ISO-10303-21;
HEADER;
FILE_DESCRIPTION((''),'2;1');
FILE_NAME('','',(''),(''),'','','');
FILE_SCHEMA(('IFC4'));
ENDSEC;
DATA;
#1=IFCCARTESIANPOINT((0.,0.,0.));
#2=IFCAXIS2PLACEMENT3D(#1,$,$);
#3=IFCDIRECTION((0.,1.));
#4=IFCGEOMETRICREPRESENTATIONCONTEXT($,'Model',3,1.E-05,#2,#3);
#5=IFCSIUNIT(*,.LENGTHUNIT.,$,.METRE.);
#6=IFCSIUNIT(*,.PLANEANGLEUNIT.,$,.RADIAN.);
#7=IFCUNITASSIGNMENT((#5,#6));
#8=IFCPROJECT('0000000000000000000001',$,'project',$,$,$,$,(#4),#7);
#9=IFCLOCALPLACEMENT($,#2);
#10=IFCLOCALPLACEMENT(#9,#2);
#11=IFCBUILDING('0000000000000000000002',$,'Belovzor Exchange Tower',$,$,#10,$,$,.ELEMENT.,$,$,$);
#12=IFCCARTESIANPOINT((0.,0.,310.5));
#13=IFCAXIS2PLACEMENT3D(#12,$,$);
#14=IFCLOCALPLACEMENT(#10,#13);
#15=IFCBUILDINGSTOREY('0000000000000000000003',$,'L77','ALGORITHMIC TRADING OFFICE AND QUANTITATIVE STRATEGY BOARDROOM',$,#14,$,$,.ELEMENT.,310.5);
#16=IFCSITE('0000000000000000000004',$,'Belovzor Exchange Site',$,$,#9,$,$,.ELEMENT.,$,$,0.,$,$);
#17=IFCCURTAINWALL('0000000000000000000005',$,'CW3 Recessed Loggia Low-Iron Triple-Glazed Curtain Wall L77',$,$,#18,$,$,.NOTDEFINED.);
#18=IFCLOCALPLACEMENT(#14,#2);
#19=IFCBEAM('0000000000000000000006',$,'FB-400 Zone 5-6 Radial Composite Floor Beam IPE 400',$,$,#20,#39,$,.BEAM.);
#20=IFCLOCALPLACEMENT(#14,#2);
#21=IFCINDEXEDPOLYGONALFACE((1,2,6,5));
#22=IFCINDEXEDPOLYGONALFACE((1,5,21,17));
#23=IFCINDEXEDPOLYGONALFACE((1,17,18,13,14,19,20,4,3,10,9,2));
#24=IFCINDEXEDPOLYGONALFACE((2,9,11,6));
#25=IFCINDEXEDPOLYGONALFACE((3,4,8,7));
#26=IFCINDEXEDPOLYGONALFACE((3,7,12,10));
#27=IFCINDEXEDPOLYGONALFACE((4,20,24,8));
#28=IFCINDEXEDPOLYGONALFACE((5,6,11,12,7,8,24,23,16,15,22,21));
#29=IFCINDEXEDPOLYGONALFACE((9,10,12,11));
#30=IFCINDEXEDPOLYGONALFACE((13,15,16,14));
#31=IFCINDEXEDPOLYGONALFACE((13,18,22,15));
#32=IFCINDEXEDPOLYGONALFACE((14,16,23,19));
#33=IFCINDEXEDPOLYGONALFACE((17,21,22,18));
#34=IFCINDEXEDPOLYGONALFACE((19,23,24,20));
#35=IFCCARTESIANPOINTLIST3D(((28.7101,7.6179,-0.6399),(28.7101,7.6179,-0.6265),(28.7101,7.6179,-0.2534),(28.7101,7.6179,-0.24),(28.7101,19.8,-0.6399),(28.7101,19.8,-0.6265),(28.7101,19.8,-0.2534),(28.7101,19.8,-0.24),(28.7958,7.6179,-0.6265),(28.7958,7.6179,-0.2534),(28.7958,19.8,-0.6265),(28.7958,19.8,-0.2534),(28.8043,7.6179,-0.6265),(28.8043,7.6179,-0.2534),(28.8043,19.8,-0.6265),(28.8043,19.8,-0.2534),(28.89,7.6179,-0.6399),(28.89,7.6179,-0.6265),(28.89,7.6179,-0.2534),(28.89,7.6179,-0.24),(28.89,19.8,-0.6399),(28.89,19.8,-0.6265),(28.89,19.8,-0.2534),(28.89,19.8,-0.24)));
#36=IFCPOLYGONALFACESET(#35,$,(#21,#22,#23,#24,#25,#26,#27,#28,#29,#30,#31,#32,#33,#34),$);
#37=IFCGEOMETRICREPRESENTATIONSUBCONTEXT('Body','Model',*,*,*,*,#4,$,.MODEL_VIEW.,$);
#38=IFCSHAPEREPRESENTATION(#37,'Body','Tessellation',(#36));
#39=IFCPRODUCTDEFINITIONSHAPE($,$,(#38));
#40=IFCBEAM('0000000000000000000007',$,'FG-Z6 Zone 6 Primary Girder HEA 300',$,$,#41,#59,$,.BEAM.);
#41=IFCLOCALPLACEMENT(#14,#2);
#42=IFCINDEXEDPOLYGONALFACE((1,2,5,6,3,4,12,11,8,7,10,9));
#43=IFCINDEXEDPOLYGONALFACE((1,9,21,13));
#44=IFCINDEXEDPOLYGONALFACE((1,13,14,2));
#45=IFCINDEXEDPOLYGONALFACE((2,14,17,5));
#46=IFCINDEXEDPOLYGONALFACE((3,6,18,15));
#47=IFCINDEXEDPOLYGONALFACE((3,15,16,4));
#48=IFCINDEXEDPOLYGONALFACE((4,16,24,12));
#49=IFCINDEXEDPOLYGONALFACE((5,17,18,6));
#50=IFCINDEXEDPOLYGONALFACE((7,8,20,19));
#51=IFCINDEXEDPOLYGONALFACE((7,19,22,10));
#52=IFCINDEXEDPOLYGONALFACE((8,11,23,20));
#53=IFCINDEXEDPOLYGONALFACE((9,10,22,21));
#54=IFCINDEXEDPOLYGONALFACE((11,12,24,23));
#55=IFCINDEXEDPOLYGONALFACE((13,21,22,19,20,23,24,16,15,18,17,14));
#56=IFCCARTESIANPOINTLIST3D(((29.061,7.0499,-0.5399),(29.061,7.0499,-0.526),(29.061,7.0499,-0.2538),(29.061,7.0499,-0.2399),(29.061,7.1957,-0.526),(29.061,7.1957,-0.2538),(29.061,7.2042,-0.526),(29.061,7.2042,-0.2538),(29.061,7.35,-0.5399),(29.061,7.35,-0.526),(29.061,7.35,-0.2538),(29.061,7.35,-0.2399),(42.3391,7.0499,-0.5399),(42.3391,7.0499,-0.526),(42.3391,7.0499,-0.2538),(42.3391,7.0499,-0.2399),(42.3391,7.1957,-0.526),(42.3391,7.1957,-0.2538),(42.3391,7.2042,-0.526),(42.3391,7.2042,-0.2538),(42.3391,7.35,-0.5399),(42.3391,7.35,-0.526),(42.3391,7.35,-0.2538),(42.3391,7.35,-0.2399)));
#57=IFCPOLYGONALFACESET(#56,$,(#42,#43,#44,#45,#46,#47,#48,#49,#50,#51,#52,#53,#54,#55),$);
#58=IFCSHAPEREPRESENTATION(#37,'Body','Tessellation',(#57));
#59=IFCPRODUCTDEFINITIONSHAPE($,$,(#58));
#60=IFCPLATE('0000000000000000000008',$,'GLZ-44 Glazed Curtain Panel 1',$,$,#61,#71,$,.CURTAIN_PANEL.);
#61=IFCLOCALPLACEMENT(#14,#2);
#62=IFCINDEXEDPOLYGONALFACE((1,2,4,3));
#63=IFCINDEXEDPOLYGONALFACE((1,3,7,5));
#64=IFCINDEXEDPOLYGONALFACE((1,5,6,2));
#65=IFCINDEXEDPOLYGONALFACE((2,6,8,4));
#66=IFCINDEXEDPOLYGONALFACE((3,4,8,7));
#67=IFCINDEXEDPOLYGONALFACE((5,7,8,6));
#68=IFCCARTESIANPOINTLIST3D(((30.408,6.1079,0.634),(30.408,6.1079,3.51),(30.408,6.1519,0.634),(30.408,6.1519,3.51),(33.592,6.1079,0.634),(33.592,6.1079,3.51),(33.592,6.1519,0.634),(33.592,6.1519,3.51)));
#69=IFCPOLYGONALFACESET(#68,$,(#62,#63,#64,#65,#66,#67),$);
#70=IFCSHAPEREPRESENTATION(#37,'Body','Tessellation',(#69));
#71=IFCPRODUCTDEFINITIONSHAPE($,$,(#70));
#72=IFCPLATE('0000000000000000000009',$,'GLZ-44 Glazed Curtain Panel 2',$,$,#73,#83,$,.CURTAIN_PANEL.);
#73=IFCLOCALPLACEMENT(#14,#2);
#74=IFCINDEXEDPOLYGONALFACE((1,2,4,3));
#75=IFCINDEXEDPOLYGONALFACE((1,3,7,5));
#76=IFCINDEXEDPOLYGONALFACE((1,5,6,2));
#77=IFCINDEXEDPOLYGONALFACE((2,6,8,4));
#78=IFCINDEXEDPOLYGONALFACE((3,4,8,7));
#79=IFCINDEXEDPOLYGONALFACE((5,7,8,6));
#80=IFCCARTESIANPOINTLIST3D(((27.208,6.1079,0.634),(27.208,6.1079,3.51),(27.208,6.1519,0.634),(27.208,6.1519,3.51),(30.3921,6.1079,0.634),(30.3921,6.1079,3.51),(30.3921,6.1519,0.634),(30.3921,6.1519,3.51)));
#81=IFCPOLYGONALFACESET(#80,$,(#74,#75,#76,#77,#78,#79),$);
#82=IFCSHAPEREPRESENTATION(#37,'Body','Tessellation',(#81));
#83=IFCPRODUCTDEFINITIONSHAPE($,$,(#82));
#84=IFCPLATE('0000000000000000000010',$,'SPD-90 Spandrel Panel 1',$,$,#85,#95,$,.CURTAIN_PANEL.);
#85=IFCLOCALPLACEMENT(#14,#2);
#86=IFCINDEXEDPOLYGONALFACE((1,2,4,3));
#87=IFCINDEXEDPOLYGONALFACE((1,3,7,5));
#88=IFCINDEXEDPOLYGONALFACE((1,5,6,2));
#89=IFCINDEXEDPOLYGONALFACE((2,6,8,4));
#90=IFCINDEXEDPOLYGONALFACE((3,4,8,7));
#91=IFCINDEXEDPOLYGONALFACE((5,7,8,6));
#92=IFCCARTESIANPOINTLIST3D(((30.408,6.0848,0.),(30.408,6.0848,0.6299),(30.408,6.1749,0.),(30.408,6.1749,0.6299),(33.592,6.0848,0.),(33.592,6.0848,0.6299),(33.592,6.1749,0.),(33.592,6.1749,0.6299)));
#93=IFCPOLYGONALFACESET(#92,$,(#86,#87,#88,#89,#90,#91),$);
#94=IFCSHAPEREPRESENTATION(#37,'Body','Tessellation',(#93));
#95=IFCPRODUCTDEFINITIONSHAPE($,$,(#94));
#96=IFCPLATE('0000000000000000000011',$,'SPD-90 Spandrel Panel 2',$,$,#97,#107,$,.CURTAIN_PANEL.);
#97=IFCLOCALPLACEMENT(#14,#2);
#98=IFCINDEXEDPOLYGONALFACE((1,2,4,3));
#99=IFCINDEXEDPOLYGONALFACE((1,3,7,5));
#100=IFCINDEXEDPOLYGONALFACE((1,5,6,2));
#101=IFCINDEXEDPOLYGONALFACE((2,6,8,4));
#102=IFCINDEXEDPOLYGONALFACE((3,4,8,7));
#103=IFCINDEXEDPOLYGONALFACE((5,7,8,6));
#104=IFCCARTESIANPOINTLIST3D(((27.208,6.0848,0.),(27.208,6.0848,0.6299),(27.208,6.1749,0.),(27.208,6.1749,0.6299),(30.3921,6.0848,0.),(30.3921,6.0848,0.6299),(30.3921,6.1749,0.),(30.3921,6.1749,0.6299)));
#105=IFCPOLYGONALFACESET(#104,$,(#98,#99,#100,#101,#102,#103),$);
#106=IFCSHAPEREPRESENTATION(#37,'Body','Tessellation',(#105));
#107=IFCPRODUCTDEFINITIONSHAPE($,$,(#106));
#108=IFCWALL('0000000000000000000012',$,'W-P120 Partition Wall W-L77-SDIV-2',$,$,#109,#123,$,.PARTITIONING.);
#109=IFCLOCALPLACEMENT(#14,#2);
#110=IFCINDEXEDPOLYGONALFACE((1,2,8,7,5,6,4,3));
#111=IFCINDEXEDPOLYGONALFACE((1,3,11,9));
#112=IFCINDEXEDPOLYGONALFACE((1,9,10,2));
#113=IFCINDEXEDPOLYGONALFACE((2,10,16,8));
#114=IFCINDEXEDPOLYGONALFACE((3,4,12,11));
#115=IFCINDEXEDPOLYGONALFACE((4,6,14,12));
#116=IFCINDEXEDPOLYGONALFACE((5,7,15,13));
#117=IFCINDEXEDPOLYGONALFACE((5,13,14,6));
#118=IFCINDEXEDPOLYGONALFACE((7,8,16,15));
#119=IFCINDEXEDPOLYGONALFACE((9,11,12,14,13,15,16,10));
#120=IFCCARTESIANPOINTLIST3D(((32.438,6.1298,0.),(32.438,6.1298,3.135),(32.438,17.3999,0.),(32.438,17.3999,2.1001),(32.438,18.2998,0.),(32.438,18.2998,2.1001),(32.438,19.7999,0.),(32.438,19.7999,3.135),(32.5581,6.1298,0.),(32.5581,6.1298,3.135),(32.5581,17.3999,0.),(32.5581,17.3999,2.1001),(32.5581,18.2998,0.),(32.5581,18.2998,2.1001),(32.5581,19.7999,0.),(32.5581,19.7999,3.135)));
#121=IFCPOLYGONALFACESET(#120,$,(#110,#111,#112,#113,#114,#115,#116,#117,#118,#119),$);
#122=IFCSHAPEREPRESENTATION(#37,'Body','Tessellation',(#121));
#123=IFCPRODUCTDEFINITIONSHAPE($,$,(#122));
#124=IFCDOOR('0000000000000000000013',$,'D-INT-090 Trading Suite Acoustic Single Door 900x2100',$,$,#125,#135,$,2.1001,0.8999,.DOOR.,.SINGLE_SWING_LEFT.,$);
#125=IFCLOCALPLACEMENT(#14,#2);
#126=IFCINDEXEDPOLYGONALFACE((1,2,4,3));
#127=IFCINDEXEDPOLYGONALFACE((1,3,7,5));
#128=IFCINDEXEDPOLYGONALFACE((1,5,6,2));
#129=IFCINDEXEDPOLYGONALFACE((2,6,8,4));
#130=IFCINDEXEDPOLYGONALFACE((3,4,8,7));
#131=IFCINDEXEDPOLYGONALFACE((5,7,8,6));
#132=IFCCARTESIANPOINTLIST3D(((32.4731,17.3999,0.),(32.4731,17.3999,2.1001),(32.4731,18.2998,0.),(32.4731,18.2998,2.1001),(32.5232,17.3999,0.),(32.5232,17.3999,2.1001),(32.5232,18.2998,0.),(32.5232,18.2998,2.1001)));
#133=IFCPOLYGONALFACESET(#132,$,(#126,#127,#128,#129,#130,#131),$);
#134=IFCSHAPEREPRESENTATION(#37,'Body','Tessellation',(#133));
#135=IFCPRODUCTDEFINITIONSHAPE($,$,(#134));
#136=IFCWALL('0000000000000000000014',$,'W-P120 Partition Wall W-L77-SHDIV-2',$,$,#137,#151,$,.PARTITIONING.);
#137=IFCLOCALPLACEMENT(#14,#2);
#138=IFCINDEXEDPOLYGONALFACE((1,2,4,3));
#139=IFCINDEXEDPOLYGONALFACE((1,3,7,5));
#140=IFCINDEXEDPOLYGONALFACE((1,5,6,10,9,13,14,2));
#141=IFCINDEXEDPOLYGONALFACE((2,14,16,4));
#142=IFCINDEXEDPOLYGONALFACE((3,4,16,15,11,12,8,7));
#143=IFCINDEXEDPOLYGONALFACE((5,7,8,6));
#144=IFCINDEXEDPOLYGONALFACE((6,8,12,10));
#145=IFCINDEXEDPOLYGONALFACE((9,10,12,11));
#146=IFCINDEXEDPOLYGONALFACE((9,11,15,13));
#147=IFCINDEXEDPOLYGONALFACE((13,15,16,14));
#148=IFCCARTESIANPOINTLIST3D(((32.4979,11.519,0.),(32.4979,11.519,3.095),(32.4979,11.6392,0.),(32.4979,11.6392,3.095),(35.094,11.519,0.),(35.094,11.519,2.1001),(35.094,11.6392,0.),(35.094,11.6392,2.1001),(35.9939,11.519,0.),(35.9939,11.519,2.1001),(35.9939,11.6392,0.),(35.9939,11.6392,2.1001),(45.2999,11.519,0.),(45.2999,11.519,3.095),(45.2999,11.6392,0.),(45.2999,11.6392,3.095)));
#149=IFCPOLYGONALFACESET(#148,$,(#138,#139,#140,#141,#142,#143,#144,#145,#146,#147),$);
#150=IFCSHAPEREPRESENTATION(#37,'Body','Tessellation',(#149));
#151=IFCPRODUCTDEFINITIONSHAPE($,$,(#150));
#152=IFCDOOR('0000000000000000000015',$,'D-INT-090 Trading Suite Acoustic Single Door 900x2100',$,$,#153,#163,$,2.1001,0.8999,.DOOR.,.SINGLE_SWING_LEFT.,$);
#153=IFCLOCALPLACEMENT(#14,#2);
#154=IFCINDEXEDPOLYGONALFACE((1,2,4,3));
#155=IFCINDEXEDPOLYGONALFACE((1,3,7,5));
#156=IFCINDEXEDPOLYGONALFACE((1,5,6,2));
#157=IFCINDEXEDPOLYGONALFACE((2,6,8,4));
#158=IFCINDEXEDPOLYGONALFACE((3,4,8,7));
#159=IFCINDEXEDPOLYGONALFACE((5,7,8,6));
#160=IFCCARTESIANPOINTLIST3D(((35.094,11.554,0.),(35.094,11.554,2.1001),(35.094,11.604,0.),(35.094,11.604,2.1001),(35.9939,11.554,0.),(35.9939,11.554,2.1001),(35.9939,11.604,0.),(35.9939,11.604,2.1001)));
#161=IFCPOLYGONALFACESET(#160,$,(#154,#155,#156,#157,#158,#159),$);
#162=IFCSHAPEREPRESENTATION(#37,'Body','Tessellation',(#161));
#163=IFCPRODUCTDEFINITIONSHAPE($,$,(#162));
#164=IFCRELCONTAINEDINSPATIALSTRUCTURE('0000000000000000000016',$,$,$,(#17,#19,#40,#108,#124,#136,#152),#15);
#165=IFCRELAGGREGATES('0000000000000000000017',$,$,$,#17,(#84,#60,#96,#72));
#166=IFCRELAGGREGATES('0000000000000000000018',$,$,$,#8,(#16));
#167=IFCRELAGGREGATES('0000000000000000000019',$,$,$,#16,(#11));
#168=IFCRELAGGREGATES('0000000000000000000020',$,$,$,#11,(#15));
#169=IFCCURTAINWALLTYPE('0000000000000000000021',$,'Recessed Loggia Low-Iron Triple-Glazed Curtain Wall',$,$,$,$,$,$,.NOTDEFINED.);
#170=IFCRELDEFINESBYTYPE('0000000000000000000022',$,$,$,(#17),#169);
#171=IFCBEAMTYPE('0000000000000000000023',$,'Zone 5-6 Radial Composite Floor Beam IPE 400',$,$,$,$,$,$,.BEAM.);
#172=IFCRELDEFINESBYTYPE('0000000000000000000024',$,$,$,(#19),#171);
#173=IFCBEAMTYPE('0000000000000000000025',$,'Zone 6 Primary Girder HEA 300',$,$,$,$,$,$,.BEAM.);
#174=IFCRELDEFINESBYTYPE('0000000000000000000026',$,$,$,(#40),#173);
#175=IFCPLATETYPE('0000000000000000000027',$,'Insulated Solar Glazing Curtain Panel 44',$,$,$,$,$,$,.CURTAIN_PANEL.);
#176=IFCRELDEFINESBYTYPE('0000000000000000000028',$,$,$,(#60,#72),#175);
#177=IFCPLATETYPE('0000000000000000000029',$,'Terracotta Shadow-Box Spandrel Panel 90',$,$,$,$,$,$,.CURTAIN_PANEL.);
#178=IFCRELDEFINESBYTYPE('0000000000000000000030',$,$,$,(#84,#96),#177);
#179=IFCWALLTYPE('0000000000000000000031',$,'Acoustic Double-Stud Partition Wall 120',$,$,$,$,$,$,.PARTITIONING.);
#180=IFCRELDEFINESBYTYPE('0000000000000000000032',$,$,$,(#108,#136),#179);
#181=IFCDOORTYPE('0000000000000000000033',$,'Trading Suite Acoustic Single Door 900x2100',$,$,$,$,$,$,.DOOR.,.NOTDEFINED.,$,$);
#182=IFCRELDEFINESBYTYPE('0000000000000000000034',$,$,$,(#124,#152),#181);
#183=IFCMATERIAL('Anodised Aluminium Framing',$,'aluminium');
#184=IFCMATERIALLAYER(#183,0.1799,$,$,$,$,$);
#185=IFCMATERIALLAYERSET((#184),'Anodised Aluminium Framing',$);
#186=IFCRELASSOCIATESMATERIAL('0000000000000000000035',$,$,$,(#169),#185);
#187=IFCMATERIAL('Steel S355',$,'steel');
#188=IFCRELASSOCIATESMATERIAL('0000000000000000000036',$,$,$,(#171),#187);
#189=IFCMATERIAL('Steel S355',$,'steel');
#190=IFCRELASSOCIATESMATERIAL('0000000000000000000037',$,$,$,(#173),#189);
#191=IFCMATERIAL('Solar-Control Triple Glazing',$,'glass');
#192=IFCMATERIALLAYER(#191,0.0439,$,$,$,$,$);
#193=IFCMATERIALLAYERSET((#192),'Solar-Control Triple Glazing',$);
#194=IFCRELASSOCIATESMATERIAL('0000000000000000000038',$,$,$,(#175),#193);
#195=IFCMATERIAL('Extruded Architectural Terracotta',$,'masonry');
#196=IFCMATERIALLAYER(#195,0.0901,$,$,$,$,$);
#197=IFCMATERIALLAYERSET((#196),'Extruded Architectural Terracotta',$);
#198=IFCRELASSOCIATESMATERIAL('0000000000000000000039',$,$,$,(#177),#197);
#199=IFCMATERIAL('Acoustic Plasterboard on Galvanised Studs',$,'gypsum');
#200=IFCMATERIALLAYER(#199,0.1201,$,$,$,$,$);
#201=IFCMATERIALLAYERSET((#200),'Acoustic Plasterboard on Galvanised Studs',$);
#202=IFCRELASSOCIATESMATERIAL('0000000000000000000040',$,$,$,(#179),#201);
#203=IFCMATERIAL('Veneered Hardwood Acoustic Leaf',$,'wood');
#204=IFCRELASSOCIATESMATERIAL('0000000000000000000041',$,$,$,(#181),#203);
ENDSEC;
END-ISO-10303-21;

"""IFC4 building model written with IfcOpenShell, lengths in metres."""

from ifc_helpers import new_model, si_unit, direction, frame, frame_2d, origin, origin_2d, place, context, subcontext, project, spatial, rectangle, i_section, extrude, material, layer, layer_set, material_profile, profile_set, type_object, element, fill, aggregate, save


model = new_model("IFC4")

# Units and contexts
model_context = context("Model", 3, precision=1e-05, world=origin(), true_north=direction((0.0, 1.0)))
body_context = subcontext(model_context, "Body", "Model", "MODEL_VIEW")
ifc_project = project(units=[si_unit("LENGTHUNIT", "METRE"), si_unit("PLANEANGLEUNIT", "RADIAN")], contexts=[model_context])

# Site, building, storey
site_placement = place(None, origin())
site = spatial("IfcSite", under=ifc_project, at=site_placement, Name="Belovzor Exchange Site", CompositionType="ELEMENT", RefElevation=0.0)
building_placement = place(site_placement, origin())
building = spatial("IfcBuilding", under=site, at=building_placement, Name="Belovzor Exchange Tower", CompositionType="ELEMENT")
storey_placement = place(building_placement, frame((0.0, 0.0, 310.5)))
storey = spatial("IfcBuildingStorey", under=building, at=storey_placement, Name="L77", Description="ALGORITHMIC TRADING OFFICE AND QUANTITATIVE STRATEGY BOARDROOM", CompositionType="ELEMENT", Elevation=310.5)

# Curtain wall
ifc_material_1 = material(Name="Anodised Aluminium Framing", Category="aluminium")
ifc_layer_1 = layer(ifc_material_1, 0.1799)
ifc_layer_set_1 = layer_set([ifc_layer_1], Name="Anodised Aluminium Framing")
curtain_wall_type = type_object("IfcCurtainWallType", Name="Recessed Loggia Low-Iron Triple-Glazed Curtain Wall", PredefinedType="NOTDEFINED", material=ifc_layer_set_1)
curtain_wall_placement = place(storey_placement, origin())
curtain_wall = element("IfcCurtainWall", 1, at=curtain_wall_placement, inside=storey, type_object=curtain_wall_type, Name="CW3 Recessed Loggia Low-Iron Triple-Glazed Curtain Wall L77", PredefinedType="NOTDEFINED")

# Beams
ifc_material_2 = material(Name="Steel S355", Category="steel")
ifc_material_profile_1 = material_profile(ifc_material_2, i_section(OverallWidth=0.1799, OverallDepth=0.3999, WebThickness=0.0085, FlangeThickness=0.0134, at=origin_2d()))
ifc_profile_set_1 = profile_set([ifc_material_profile_1], Name="Steel S355")
beam_type_1 = type_object("IfcBeamType", Name="Zone 5-6 Radial Composite Floor Beam IPE 400", PredefinedType="BEAM", material=ifc_profile_set_1)
beam_1_placement = place(storey_placement, frame((28.8, 19.8, -0.4399), z_axis=(0.0, -1.0, 0.0), x_axis=(1.0, 0.0, 0.0)))
element("IfcBeam", 2, at=beam_1_placement, inside=storey, type_object=beam_type_1, Name="FB-400 Zone 5-6 Radial Composite Floor Beam IPE 400", PredefinedType="BEAM", context=body_context, shape_type="SweptSolid", body=[
    extrude(i_section(OverallWidth=0.1799, OverallDepth=0.3999, WebThickness=0.0085, FlangeThickness=0.0134, at=origin_2d()), origin(), (0.0, 0.0, 1.0), 12.1821),
])
ifc_material_3 = material(Name="Steel S355", Category="steel")
ifc_material_profile_2 = material_profile(ifc_material_3, i_section(OverallWidth=0.3, OverallDepth=0.3, WebThickness=0.0085, FlangeThickness=0.0139, at=origin_2d()))
ifc_profile_set_2 = profile_set([ifc_material_profile_2], Name="Steel S355")
beam_type_2 = type_object("IfcBeamType", Name="Zone 6 Primary Girder HEA 300", PredefinedType="BEAM", material=ifc_profile_set_2)
beam_2_placement = place(storey_placement, frame((29.061, 7.2, -0.3899), z_axis=(1.0, 0.0, 0.0), x_axis=(0.0, 1.0, 0.0)))
element("IfcBeam", 3, at=beam_2_placement, inside=storey, type_object=beam_type_2, Name="FG-Z6 Zone 6 Primary Girder HEA 300", PredefinedType="BEAM", context=body_context, shape_type="SweptSolid", body=[
    extrude(i_section(OverallWidth=0.3, OverallDepth=0.3, WebThickness=0.0085, FlangeThickness=0.0139, at=origin_2d()), origin(), (0.0, 0.0, 1.0), 13.2781),
])

# Plates
ifc_material_4 = material(Name="Solar-Control Triple Glazing", Category="glass")
ifc_layer_2 = layer(ifc_material_4, 0.0439)
ifc_layer_set_2 = layer_set([ifc_layer_2], Name="Solar-Control Triple Glazing")
plate_type_1 = type_object("IfcPlateType", Name="Insulated Solar Glazing Curtain Panel 44", PredefinedType="CURTAIN_PANEL", material=ifc_layer_set_2)
plate_1_placement = place(storey_placement, frame((32.0, 6.1299, 0.634), z_axis=(0.0, 0.0, 1.0), x_axis=(-1.0, 0.0, 0.0)))
plate_1 = element("IfcPlate", 4, at=plate_1_placement, type_object=plate_type_1, Name="GLZ-44 Glazed Curtain Panel 1", PredefinedType="CURTAIN_PANEL", context=body_context, shape_type="SweptSolid", body=[
    extrude(rectangle(XDim=3.1841, YDim=0.0439, at=origin_2d()), origin(), (0.0, 0.0, 1.0), 2.876),
])
plate_2_placement = place(storey_placement, frame((28.8, 6.1299, 0.634), z_axis=(0.0, 0.0, 1.0), x_axis=(-1.0, 0.0, 0.0)))
plate_2 = element("IfcPlate", 5, at=plate_2_placement, type_object=plate_type_1, Name="GLZ-44 Glazed Curtain Panel 2", PredefinedType="CURTAIN_PANEL", context=body_context, shape_type="SweptSolid", body=[
    extrude(rectangle(XDim=3.1841, YDim=0.0439, at=origin_2d()), origin(), (0.0, 0.0, 1.0), 2.876),
])
ifc_material_5 = material(Name="Extruded Architectural Terracotta", Category="masonry")
ifc_layer_3 = layer(ifc_material_5, 0.0901)
ifc_layer_set_3 = layer_set([ifc_layer_3], Name="Extruded Architectural Terracotta")
plate_type_2 = type_object("IfcPlateType", Name="Terracotta Shadow-Box Spandrel Panel 90", PredefinedType="CURTAIN_PANEL", material=ifc_layer_set_3)
plate_3_placement = place(storey_placement, frame((32.0, 6.1299, 0.0), z_axis=(0.0, 0.0, 1.0), x_axis=(-1.0, 0.0, 0.0)))
plate_3 = element("IfcPlate", 6, at=plate_3_placement, type_object=plate_type_2, Name="SPD-90 Spandrel Panel 1", PredefinedType="CURTAIN_PANEL", context=body_context, shape_type="SweptSolid", body=[
    extrude(rectangle(XDim=3.1841, YDim=0.0901, at=origin_2d()), origin(), (0.0, 0.0, 1.0), 0.6299),
])
plate_4_placement = place(storey_placement, frame((28.8, 6.1299, 0.0), z_axis=(0.0, 0.0, 1.0), x_axis=(-1.0, 0.0, 0.0)))
plate_4 = element("IfcPlate", 7, at=plate_4_placement, type_object=plate_type_2, Name="SPD-90 Spandrel Panel 2", PredefinedType="CURTAIN_PANEL", context=body_context, shape_type="SweptSolid", body=[
    extrude(rectangle(XDim=3.1841, YDim=0.0901, at=origin_2d()), origin(), (0.0, 0.0, 1.0), 0.6299),
])
aggregate(curtain_wall, [plate_3, plate_1, plate_4, plate_2])

# Walls, openings, doors
ifc_material_6 = material(Name="Acoustic Plasterboard on Galvanised Studs", Category="gypsum")
ifc_layer_4 = layer(ifc_material_6, 0.1201)
ifc_layer_set_4 = layer_set([ifc_layer_4], Name="Acoustic Plasterboard on Galvanised Studs")
wall_type = type_object("IfcWallType", Name="Acoustic Double-Stud Partition Wall 120", PredefinedType="PARTITIONING", material=ifc_layer_set_4)
wall_1_placement = place(storey_placement, frame((32.498, 6.1299, 0.0), z_axis=(0.0, 0.0, 1.0), x_axis=(0.0, 1.0, 0.0)))
wall_1 = element("IfcWall", 8, at=wall_1_placement, inside=storey, type_object=wall_type, Name="W-P120 Partition Wall W-L77-SDIV-2", PredefinedType="PARTITIONING", context=body_context, shape_type="SweptSolid", body=[
    extrude(rectangle(XDim=13.6702, YDim=0.1201, at=frame_2d((6.835, 0.0))), origin(), (0.0, 0.0, 1.0), 3.135),
])
opening_1_placement = place(wall_1_placement, frame((11.27, 0.0, 0.0)))
opening_1 = element("IfcOpeningElement", 9, at=opening_1_placement, cuts=wall_1, PredefinedType="OPENING", context=body_context, shape_type="SweptSolid", body=[
    extrude(rectangle(XDim=0.8999, YDim=2.1001, at=frame_2d((0.45, 1.05))), frame((0.0, 0.0701, 0.0), z_axis=(0.0, -1.0, 0.0), x_axis=(1.0, 0.0, 0.0)), (0.0, 0.0, 1.0), 0.1401),
])
ifc_material_7 = material(Name="Veneered Hardwood Acoustic Leaf", Category="wood")
door_type = type_object("IfcDoorType", Name="Trading Suite Acoustic Single Door 900x2100", OperationType="NOTDEFINED", PredefinedType="DOOR", material=ifc_material_7)
door_1_placement = place(opening_1_placement, origin())
door_1 = element("IfcDoor", 10, at=door_1_placement, inside=storey, type_object=door_type, Name="D-INT-090 Trading Suite Acoustic Single Door 900x2100", OperationType="SINGLE_SWING_LEFT", OverallHeight=2.1001, OverallWidth=0.8999, PredefinedType="DOOR", context=body_context, shape_type="SweptSolid", body=[
    extrude(rectangle(XDim=0.8999, YDim=2.1001, at=frame_2d((0.45, 1.05))), frame((0.0, 0.0249, 0.0), z_axis=(0.0, -1.0, 0.0), x_axis=(1.0, 0.0, 0.0)), (0.0, 0.0, 1.0), 0.05),
])
fill(opening_1, door_1)
wall_2_placement = place(storey_placement, frame((32.498, 11.5791, 0.0), z_axis=(0.0, 0.0, 1.0), x_axis=(1.0, 0.0, 0.0)))
wall_2 = element("IfcWall", 11, at=wall_2_placement, inside=storey, type_object=wall_type, Name="W-P120 Partition Wall W-L77-SHDIV-2", PredefinedType="PARTITIONING", context=body_context, shape_type="SweptSolid", body=[
    extrude(rectangle(XDim=12.802, YDim=0.1201, at=frame_2d((6.4009, 0.0))), origin(), (0.0, 0.0, 1.0), 3.095),
])
opening_2_placement = place(wall_2_placement, frame((2.5959, 0.0, 0.0)))
opening_2 = element("IfcOpeningElement", 12, at=opening_2_placement, cuts=wall_2, PredefinedType="OPENING", context=body_context, shape_type="SweptSolid", body=[
    extrude(rectangle(XDim=0.8999, YDim=2.1001, at=frame_2d((0.45, 1.05))), frame((0.0, 0.0701, 0.0), z_axis=(0.0, -1.0, 0.0), x_axis=(1.0, 0.0, 0.0)), (0.0, 0.0, 1.0), 0.1401),
])
door_2_placement = place(opening_2_placement, origin())
door_2 = element("IfcDoor", 13, at=door_2_placement, inside=storey, type_object=door_type, Name="D-INT-090 Trading Suite Acoustic Single Door 900x2100", OperationType="SINGLE_SWING_LEFT", OverallHeight=2.1001, OverallWidth=0.8999, PredefinedType="DOOR", context=body_context, shape_type="SweptSolid", body=[
    extrude(rectangle(XDim=0.8999, YDim=2.1001, at=frame_2d((0.45, 1.05))), frame((0.0, 0.0249, 0.0), z_axis=(0.0, -1.0, 0.0), x_axis=(1.0, 0.0, 0.0)), (0.0, 0.0, 1.0), 0.05),
])
fill(opening_2, door_2)

save(model, "model.ifc")
